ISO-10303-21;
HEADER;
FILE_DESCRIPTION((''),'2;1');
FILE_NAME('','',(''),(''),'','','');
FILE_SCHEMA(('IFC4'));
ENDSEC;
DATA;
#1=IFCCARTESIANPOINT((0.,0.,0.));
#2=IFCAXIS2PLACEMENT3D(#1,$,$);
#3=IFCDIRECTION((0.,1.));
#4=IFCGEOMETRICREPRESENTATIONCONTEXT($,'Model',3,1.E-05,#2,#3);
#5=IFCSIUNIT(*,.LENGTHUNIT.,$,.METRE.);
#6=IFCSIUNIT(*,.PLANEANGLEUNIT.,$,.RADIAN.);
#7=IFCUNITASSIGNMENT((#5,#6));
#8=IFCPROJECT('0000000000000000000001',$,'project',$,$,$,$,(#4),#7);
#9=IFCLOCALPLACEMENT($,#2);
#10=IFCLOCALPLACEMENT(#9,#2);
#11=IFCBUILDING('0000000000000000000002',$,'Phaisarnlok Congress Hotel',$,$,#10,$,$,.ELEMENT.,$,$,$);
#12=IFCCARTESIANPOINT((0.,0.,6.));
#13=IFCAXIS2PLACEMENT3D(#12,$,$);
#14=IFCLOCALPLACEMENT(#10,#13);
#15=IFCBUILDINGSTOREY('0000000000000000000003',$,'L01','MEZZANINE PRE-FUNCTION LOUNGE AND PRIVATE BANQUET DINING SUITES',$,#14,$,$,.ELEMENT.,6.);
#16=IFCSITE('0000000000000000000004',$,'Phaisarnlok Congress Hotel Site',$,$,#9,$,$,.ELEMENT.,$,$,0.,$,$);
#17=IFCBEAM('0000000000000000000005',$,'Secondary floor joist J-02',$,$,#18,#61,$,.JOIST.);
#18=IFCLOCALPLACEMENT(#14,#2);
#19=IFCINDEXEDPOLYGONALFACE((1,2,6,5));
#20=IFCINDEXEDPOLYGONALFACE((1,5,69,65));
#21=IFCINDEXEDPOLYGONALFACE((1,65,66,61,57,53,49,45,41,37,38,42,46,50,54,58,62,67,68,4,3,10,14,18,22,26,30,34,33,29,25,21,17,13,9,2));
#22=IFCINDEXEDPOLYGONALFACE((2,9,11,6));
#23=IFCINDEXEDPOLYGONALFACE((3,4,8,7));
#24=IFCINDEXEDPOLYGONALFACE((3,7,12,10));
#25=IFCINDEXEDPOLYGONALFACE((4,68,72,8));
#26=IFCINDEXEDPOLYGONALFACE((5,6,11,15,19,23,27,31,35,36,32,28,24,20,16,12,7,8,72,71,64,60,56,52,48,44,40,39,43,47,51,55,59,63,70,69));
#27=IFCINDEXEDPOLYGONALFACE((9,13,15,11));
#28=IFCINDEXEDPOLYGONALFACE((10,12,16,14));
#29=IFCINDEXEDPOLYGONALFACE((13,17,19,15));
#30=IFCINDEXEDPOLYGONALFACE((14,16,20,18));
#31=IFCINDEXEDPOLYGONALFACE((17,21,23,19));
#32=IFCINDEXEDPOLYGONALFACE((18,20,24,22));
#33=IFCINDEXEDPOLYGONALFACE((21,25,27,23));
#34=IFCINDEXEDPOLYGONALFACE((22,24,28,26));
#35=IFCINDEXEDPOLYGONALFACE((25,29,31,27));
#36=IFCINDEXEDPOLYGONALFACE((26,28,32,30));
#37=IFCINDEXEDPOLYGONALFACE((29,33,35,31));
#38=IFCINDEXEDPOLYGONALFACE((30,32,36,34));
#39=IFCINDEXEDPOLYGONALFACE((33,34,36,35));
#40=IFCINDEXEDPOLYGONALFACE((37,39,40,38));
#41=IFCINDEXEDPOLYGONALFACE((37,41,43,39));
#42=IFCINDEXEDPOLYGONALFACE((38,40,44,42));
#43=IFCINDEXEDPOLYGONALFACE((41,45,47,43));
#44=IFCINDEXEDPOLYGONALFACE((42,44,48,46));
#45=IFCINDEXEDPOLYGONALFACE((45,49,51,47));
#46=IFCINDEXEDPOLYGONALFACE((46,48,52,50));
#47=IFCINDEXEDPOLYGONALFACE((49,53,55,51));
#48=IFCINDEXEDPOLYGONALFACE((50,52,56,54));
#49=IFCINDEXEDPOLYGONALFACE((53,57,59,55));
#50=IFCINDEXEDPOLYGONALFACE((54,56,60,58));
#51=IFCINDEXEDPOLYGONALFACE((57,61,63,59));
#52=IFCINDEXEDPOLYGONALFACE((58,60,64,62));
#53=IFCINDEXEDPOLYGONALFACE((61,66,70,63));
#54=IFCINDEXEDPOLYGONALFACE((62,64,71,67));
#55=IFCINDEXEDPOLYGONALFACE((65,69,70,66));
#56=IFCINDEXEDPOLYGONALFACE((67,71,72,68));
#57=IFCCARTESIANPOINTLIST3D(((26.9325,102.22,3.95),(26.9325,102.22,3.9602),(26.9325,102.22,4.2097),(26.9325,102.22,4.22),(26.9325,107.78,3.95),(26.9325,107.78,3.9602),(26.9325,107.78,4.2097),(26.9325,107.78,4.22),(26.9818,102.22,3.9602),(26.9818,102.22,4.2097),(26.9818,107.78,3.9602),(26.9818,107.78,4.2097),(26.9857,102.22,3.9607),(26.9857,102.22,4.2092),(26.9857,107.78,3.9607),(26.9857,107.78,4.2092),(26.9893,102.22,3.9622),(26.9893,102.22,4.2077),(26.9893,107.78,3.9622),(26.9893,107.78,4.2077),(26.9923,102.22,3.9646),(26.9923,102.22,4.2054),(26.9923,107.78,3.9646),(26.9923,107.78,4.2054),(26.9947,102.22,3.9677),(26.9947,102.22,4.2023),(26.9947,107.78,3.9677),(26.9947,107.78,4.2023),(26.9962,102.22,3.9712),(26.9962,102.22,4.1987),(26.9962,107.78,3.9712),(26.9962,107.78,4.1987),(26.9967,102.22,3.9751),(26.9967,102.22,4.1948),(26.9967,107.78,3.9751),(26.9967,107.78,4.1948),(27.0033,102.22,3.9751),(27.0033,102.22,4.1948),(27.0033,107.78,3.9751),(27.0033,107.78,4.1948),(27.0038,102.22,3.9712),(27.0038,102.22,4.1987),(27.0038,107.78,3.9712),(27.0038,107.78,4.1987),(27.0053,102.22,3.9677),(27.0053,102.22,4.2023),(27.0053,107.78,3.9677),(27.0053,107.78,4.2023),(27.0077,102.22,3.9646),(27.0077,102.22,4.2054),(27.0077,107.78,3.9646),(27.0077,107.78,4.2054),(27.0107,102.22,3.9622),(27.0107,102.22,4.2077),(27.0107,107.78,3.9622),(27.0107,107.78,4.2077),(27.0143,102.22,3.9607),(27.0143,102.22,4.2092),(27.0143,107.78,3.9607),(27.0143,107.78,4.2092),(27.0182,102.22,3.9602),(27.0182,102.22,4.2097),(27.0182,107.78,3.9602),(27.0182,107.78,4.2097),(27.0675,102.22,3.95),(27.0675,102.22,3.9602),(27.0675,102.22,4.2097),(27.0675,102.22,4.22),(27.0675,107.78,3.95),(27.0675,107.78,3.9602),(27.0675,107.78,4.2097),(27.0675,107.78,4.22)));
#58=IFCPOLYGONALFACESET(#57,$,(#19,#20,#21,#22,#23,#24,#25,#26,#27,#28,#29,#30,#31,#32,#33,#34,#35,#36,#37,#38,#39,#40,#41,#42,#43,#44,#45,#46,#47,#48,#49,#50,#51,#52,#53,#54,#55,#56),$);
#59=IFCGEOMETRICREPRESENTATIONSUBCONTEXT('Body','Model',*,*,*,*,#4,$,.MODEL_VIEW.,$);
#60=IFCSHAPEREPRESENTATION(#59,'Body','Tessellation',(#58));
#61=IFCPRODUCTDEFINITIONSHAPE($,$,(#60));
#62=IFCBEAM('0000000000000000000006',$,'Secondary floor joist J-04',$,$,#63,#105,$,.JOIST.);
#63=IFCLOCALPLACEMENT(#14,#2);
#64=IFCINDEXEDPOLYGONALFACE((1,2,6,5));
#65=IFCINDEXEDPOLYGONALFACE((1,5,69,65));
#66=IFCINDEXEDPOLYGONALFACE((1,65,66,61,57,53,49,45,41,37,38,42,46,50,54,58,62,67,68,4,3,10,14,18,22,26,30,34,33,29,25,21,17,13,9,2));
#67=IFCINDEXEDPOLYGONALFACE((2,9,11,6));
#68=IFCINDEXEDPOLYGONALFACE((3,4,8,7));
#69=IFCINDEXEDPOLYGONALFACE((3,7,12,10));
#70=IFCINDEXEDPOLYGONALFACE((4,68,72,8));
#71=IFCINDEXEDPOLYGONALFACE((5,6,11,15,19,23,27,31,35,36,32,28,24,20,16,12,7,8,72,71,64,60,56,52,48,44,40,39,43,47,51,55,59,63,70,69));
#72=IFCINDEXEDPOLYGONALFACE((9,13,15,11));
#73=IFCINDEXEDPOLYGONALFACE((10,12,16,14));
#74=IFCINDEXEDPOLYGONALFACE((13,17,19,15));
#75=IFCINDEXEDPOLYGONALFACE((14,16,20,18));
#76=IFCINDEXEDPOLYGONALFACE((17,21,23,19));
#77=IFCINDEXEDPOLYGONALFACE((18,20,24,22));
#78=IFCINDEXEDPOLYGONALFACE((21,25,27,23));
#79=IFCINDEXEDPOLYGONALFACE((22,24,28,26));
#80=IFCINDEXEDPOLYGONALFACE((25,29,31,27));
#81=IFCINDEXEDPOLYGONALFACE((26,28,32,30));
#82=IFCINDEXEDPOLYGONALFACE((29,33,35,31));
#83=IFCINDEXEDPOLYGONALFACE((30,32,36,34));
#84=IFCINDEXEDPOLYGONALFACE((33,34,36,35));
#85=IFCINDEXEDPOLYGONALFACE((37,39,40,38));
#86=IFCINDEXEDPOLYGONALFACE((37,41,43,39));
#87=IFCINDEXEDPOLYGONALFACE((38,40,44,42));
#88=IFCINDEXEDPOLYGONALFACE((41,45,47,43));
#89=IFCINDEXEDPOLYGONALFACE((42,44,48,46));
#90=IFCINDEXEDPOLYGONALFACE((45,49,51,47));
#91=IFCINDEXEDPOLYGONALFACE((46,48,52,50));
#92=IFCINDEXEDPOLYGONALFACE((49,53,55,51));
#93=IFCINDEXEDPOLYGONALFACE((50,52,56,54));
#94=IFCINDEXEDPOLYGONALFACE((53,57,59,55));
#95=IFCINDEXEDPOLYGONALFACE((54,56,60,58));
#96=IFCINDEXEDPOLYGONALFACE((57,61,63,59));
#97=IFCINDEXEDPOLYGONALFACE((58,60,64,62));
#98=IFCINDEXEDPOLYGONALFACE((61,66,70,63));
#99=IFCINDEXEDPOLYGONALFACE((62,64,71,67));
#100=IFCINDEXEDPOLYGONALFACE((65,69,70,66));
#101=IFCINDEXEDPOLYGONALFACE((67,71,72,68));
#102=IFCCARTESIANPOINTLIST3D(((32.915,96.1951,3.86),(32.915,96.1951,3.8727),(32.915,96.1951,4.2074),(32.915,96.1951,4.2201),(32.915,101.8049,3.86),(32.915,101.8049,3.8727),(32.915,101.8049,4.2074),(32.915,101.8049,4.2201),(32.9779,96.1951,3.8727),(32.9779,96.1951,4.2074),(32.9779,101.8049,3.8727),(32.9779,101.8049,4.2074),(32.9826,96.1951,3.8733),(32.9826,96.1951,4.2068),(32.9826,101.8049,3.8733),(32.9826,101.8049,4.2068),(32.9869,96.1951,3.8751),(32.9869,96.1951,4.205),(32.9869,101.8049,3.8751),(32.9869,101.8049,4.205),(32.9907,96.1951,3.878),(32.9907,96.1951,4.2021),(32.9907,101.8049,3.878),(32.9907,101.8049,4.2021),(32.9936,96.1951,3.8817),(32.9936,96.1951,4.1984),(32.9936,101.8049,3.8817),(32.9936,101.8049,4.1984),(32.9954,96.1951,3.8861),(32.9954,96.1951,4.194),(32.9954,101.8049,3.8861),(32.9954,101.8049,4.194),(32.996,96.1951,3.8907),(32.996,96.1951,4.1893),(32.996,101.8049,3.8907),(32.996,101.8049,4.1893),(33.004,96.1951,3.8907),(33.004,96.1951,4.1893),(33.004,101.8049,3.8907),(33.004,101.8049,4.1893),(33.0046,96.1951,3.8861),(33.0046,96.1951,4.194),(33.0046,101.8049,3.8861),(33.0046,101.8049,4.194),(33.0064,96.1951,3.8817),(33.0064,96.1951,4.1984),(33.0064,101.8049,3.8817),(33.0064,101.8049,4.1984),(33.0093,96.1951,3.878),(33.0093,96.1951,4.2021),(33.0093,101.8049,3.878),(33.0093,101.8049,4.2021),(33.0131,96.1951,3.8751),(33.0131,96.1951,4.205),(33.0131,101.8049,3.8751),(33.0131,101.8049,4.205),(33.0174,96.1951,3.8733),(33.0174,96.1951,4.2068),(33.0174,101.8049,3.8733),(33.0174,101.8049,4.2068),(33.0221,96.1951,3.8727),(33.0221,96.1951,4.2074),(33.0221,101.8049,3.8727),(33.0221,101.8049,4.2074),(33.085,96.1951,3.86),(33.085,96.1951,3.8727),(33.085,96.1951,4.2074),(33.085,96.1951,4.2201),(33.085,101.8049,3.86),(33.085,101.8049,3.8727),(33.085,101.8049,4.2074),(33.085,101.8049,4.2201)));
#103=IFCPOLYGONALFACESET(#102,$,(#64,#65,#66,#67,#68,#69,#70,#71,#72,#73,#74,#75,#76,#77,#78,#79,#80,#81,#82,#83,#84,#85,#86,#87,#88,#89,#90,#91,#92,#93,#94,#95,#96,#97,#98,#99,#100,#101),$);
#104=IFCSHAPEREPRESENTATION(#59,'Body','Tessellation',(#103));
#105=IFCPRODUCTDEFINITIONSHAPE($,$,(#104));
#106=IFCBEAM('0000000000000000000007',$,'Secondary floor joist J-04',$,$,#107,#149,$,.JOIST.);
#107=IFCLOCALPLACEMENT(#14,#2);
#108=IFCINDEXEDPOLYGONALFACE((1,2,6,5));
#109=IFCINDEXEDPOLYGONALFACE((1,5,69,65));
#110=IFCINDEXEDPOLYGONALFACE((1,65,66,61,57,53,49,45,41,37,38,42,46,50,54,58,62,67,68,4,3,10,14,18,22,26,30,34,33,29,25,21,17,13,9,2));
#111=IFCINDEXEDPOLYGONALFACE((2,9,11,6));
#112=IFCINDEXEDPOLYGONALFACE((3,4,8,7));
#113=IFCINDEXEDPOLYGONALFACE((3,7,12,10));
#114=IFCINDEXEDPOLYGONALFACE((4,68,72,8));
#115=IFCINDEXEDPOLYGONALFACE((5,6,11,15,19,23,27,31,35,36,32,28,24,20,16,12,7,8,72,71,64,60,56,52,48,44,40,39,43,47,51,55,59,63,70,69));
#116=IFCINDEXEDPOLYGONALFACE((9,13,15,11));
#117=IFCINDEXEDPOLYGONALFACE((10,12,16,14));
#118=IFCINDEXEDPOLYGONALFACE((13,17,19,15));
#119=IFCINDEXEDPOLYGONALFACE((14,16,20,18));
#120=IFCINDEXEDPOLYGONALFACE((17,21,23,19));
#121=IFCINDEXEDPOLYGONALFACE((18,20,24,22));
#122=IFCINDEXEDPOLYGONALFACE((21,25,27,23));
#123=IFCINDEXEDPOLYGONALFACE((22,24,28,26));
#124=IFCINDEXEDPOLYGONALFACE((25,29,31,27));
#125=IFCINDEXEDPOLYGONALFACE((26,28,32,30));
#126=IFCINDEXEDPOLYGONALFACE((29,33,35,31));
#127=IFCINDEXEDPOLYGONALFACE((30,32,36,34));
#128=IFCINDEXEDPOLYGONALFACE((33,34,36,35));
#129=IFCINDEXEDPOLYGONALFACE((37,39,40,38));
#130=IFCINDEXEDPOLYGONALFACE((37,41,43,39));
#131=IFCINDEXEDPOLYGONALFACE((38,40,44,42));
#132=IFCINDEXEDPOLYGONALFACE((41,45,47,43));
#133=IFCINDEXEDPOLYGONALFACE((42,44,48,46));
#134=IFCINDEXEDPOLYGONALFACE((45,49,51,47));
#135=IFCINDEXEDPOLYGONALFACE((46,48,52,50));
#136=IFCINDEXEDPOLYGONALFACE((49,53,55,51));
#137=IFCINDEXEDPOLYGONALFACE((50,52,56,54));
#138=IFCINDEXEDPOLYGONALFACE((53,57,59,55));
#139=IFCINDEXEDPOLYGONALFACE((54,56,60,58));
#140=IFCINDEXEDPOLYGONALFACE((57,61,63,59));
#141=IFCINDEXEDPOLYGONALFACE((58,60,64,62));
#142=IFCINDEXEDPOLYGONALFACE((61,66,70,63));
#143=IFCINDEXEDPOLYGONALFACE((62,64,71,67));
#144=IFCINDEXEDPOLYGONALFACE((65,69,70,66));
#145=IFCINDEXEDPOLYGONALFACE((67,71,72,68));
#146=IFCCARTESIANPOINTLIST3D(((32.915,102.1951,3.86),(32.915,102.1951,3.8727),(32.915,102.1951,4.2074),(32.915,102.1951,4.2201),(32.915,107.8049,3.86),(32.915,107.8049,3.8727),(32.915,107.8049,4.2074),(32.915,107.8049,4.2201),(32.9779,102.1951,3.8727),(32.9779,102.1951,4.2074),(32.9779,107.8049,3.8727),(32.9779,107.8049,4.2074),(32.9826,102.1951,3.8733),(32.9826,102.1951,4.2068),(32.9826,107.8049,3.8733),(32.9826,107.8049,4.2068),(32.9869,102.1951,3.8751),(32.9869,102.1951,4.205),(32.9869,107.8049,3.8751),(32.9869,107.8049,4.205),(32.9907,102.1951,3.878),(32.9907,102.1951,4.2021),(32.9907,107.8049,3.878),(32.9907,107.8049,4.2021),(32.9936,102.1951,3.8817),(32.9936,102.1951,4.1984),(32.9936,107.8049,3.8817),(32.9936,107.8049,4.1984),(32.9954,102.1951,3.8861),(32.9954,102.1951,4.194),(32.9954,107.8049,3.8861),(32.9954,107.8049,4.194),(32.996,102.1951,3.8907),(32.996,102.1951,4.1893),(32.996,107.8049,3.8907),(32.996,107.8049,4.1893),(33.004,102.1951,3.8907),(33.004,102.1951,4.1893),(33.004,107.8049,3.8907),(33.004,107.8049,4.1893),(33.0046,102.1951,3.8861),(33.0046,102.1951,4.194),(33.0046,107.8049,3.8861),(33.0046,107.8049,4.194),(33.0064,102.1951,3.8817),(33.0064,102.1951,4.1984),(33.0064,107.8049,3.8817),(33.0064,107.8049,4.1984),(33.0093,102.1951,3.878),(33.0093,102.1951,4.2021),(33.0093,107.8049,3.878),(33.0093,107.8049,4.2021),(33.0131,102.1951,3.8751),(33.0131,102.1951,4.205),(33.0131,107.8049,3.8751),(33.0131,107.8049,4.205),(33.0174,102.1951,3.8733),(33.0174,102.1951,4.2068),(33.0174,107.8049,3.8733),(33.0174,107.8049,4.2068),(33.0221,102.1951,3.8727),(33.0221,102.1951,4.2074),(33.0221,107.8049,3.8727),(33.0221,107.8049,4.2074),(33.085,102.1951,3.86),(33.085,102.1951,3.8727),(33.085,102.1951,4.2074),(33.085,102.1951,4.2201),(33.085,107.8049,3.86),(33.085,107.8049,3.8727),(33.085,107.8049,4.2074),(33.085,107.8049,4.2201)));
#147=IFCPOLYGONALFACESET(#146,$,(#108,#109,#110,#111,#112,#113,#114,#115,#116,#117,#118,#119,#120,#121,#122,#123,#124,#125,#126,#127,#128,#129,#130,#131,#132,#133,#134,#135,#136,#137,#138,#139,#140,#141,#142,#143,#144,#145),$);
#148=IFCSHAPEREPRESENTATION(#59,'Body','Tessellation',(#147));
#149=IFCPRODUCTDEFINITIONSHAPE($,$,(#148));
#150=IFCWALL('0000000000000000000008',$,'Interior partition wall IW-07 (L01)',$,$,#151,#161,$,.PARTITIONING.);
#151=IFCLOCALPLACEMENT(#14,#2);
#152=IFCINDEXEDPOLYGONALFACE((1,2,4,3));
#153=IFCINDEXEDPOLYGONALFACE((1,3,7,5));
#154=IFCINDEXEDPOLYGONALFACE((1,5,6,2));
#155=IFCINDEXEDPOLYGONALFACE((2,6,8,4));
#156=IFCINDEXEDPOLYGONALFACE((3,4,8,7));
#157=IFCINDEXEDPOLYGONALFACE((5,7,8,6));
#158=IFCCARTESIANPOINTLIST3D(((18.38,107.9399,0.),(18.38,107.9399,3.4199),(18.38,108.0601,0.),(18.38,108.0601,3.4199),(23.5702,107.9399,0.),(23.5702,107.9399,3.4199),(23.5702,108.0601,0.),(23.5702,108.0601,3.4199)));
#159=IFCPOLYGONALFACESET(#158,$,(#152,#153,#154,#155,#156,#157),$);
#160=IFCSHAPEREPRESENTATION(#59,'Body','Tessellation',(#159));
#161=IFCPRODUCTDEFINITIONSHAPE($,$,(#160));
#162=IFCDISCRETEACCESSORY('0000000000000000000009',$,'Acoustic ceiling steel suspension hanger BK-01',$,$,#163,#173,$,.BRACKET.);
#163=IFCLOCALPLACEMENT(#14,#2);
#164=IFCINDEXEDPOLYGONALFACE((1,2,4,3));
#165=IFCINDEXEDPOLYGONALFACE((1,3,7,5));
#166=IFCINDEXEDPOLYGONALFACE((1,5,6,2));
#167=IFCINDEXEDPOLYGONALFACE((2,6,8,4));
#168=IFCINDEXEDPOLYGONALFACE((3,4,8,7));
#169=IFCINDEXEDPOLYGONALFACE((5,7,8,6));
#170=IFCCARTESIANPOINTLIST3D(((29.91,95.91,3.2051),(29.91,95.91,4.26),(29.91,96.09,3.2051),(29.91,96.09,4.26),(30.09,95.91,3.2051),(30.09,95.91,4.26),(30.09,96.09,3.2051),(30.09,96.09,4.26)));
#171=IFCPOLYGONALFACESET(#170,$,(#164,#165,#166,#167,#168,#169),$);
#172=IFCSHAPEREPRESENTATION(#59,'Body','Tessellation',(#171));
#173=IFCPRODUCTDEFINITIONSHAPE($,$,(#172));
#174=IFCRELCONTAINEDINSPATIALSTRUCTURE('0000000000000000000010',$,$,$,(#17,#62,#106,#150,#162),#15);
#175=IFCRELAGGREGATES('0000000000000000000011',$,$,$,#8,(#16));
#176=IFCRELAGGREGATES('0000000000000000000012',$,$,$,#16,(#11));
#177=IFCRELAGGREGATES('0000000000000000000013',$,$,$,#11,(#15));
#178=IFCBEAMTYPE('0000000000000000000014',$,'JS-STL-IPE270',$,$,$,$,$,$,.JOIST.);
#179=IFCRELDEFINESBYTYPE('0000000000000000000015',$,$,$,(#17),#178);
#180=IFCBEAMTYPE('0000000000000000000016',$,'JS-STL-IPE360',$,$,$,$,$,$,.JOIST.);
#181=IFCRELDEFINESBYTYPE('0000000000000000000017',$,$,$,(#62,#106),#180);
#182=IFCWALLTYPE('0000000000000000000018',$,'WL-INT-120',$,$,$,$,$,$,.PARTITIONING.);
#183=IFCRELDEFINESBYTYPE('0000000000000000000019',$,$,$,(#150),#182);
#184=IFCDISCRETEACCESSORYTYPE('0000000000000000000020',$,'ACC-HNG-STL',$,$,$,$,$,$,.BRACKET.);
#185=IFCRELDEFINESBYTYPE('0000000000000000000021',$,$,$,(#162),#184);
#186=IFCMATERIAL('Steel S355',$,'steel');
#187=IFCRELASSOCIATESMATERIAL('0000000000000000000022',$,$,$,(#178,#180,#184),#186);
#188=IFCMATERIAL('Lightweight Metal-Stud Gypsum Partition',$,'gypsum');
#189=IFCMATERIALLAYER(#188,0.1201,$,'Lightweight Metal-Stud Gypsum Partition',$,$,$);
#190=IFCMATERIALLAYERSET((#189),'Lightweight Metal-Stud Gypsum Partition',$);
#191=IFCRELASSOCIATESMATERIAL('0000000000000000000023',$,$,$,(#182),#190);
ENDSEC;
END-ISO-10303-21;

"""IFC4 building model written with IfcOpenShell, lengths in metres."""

from ifc_helpers import new_model, si_unit, direction, frame, frame_2d, origin, origin_2d, place, context, subcontext, project, spatial, rectangle, i_section, extrude, material, layer, layer_set, material_profile, profile_set, type_object, element, save


model = new_model("IFC4")

# Units and contexts
model_context = context("Model", 3, precision=1e-05, world=origin(), true_north=direction((0.0, 1.0)))
body_context = subcontext(model_context, "Body", "Model", "MODEL_VIEW")
ifc_project = project(units=[si_unit("LENGTHUNIT", "METRE"), si_unit("PLANEANGLEUNIT", "RADIAN")], contexts=[model_context])

# Site, building, storey
site_placement = place(None, origin())
site = spatial("IfcSite", under=ifc_project, at=site_placement, Name="Phaisarnlok Congress Hotel Site", CompositionType="ELEMENT", RefElevation=0.0)
building_placement = place(site_placement, origin())
building = spatial("IfcBuilding", under=site, at=building_placement, Name="Phaisarnlok Congress Hotel", CompositionType="ELEMENT")
storey_placement = place(building_placement, frame((0.0, 0.0, 6.0)))
storey = spatial("IfcBuildingStorey", under=building, at=storey_placement, Name="L01", Description="MEZZANINE PRE-FUNCTION LOUNGE AND PRIVATE BANQUET DINING SUITES", CompositionType="ELEMENT", Elevation=6.0)

# Beams
ifc_material_1 = material(Name="Steel S355", Category="steel")
ifc_material_profile_1 = material_profile(ifc_material_1, i_section(OverallWidth=0.135, OverallDepth=0.27, WebThickness=0.0066, FlangeThickness=0.0103, FilletRadius=0.0149, at=origin_2d()), Name="IPE 270")
ifc_profile_set_1 = profile_set([ifc_material_profile_1], Name="Steel S355")
beam_type_1 = type_object("IfcBeamType", Name="JS-STL-IPE270", PredefinedType="JOIST", material=ifc_profile_set_1)
for number, where, z_axis, x_axis, name in (
    (1, (27.0, 102.22, 4.085), (0.0, 1.0, 0.0), (-1.0, 0.0, 0.0), "Secondary floor joist J-02"),
):
    element("IfcBeam", number, at=place(storey_placement, frame(where, z_axis=z_axis, x_axis=x_axis)), inside=storey, type_object=beam_type_1, Name=name, PredefinedType="JOIST", context=body_context, shape_type="SweptSolid", body=[
        extrude(i_section(OverallWidth=0.135, OverallDepth=0.27, WebThickness=0.0066, FlangeThickness=0.0103, FilletRadius=0.0149, at=origin_2d()), origin(), (0.0, 0.0, 1.0), 5.5601),
    ])
ifc_material_profile_2 = material_profile(ifc_material_1, i_section(OverallWidth=0.1699, OverallDepth=0.3601, WebThickness=0.0081, FlangeThickness=0.0127, FilletRadius=0.0181, at=origin_2d()), Name="IPE 360")
ifc_profile_set_2 = profile_set([ifc_material_profile_2], Name="Steel S355")
beam_type_2 = type_object("IfcBeamType", Name="JS-STL-IPE360", PredefinedType="JOIST", material=ifc_profile_set_2)
for number, where, z_axis, x_axis, name in (
    (2, (33.0, 96.1951, 4.04), (0.0, 1.0, 0.0), (-1.0, 0.0, 0.0), "Secondary floor joist J-04"),
    (3, (33.0, 102.1951, 4.04), (0.0, 1.0, 0.0), (-1.0, 0.0, 0.0), "Secondary floor joist J-04"),
):
    element("IfcBeam", number, at=place(storey_placement, frame(where, z_axis=z_axis, x_axis=x_axis)), inside=storey, type_object=beam_type_2, Name=name, PredefinedType="JOIST", context=body_context, shape_type="SweptSolid", body=[
        extrude(i_section(OverallWidth=0.1699, OverallDepth=0.3601, WebThickness=0.0081, FlangeThickness=0.0127, FilletRadius=0.0181, at=origin_2d()), origin(), (0.0, 0.0, 1.0), 5.6099),
    ])

# Wall
ifc_material_2 = material(Name="Lightweight Metal-Stud Gypsum Partition", Category="gypsum")
ifc_layer = layer(ifc_material_2, 0.1201, Name="Lightweight Metal-Stud Gypsum Partition")
ifc_layer_set = layer_set([ifc_layer], Name="Lightweight Metal-Stud Gypsum Partition")
wall_type = type_object("IfcWallType", Name="WL-INT-120", PredefinedType="PARTITIONING", material=ifc_layer_set)
wall_placement = place(storey_placement, frame((18.3799, 108.0, 0.0), z_axis=(0.0, 0.0, 1.0), x_axis=(1.0, 0.0, 0.0)))
element("IfcWall", 4, at=wall_placement, inside=storey, type_object=wall_type, Name="Interior partition wall IW-07 (L01)", PredefinedType="PARTITIONING", context=body_context, shape_type="SweptSolid", body=[
    extrude(rectangle(XDim=5.1902, YDim=0.1201, at=frame_2d((2.5952, 0.0))), origin(), (0.0, 0.0, 1.0), 3.4199),
])

# Discrete accessory
discrete_accessory_type = type_object("IfcDiscreteAccessoryType", Name="ACC-HNG-STL", PredefinedType="BRACKET", material=ifc_material_1)
discrete_accessory_placement = place(storey_placement, frame((30.0, 96.0, 3.2051), z_axis=(0.0, 0.0, 1.0), x_axis=(1.0, 0.0, 0.0)))
element("IfcDiscreteAccessory", 5, at=discrete_accessory_placement, inside=storey, type_object=discrete_accessory_type, Name="Acoustic ceiling steel suspension hanger BK-01", PredefinedType="BRACKET", context=body_context, shape_type="SweptSolid", body=[
    extrude(rectangle(XDim=0.1799, YDim=0.1799, at=origin_2d()), origin(), (0.0, 0.0, 1.0), 1.0549),
])

save(model, "model.ifc")
